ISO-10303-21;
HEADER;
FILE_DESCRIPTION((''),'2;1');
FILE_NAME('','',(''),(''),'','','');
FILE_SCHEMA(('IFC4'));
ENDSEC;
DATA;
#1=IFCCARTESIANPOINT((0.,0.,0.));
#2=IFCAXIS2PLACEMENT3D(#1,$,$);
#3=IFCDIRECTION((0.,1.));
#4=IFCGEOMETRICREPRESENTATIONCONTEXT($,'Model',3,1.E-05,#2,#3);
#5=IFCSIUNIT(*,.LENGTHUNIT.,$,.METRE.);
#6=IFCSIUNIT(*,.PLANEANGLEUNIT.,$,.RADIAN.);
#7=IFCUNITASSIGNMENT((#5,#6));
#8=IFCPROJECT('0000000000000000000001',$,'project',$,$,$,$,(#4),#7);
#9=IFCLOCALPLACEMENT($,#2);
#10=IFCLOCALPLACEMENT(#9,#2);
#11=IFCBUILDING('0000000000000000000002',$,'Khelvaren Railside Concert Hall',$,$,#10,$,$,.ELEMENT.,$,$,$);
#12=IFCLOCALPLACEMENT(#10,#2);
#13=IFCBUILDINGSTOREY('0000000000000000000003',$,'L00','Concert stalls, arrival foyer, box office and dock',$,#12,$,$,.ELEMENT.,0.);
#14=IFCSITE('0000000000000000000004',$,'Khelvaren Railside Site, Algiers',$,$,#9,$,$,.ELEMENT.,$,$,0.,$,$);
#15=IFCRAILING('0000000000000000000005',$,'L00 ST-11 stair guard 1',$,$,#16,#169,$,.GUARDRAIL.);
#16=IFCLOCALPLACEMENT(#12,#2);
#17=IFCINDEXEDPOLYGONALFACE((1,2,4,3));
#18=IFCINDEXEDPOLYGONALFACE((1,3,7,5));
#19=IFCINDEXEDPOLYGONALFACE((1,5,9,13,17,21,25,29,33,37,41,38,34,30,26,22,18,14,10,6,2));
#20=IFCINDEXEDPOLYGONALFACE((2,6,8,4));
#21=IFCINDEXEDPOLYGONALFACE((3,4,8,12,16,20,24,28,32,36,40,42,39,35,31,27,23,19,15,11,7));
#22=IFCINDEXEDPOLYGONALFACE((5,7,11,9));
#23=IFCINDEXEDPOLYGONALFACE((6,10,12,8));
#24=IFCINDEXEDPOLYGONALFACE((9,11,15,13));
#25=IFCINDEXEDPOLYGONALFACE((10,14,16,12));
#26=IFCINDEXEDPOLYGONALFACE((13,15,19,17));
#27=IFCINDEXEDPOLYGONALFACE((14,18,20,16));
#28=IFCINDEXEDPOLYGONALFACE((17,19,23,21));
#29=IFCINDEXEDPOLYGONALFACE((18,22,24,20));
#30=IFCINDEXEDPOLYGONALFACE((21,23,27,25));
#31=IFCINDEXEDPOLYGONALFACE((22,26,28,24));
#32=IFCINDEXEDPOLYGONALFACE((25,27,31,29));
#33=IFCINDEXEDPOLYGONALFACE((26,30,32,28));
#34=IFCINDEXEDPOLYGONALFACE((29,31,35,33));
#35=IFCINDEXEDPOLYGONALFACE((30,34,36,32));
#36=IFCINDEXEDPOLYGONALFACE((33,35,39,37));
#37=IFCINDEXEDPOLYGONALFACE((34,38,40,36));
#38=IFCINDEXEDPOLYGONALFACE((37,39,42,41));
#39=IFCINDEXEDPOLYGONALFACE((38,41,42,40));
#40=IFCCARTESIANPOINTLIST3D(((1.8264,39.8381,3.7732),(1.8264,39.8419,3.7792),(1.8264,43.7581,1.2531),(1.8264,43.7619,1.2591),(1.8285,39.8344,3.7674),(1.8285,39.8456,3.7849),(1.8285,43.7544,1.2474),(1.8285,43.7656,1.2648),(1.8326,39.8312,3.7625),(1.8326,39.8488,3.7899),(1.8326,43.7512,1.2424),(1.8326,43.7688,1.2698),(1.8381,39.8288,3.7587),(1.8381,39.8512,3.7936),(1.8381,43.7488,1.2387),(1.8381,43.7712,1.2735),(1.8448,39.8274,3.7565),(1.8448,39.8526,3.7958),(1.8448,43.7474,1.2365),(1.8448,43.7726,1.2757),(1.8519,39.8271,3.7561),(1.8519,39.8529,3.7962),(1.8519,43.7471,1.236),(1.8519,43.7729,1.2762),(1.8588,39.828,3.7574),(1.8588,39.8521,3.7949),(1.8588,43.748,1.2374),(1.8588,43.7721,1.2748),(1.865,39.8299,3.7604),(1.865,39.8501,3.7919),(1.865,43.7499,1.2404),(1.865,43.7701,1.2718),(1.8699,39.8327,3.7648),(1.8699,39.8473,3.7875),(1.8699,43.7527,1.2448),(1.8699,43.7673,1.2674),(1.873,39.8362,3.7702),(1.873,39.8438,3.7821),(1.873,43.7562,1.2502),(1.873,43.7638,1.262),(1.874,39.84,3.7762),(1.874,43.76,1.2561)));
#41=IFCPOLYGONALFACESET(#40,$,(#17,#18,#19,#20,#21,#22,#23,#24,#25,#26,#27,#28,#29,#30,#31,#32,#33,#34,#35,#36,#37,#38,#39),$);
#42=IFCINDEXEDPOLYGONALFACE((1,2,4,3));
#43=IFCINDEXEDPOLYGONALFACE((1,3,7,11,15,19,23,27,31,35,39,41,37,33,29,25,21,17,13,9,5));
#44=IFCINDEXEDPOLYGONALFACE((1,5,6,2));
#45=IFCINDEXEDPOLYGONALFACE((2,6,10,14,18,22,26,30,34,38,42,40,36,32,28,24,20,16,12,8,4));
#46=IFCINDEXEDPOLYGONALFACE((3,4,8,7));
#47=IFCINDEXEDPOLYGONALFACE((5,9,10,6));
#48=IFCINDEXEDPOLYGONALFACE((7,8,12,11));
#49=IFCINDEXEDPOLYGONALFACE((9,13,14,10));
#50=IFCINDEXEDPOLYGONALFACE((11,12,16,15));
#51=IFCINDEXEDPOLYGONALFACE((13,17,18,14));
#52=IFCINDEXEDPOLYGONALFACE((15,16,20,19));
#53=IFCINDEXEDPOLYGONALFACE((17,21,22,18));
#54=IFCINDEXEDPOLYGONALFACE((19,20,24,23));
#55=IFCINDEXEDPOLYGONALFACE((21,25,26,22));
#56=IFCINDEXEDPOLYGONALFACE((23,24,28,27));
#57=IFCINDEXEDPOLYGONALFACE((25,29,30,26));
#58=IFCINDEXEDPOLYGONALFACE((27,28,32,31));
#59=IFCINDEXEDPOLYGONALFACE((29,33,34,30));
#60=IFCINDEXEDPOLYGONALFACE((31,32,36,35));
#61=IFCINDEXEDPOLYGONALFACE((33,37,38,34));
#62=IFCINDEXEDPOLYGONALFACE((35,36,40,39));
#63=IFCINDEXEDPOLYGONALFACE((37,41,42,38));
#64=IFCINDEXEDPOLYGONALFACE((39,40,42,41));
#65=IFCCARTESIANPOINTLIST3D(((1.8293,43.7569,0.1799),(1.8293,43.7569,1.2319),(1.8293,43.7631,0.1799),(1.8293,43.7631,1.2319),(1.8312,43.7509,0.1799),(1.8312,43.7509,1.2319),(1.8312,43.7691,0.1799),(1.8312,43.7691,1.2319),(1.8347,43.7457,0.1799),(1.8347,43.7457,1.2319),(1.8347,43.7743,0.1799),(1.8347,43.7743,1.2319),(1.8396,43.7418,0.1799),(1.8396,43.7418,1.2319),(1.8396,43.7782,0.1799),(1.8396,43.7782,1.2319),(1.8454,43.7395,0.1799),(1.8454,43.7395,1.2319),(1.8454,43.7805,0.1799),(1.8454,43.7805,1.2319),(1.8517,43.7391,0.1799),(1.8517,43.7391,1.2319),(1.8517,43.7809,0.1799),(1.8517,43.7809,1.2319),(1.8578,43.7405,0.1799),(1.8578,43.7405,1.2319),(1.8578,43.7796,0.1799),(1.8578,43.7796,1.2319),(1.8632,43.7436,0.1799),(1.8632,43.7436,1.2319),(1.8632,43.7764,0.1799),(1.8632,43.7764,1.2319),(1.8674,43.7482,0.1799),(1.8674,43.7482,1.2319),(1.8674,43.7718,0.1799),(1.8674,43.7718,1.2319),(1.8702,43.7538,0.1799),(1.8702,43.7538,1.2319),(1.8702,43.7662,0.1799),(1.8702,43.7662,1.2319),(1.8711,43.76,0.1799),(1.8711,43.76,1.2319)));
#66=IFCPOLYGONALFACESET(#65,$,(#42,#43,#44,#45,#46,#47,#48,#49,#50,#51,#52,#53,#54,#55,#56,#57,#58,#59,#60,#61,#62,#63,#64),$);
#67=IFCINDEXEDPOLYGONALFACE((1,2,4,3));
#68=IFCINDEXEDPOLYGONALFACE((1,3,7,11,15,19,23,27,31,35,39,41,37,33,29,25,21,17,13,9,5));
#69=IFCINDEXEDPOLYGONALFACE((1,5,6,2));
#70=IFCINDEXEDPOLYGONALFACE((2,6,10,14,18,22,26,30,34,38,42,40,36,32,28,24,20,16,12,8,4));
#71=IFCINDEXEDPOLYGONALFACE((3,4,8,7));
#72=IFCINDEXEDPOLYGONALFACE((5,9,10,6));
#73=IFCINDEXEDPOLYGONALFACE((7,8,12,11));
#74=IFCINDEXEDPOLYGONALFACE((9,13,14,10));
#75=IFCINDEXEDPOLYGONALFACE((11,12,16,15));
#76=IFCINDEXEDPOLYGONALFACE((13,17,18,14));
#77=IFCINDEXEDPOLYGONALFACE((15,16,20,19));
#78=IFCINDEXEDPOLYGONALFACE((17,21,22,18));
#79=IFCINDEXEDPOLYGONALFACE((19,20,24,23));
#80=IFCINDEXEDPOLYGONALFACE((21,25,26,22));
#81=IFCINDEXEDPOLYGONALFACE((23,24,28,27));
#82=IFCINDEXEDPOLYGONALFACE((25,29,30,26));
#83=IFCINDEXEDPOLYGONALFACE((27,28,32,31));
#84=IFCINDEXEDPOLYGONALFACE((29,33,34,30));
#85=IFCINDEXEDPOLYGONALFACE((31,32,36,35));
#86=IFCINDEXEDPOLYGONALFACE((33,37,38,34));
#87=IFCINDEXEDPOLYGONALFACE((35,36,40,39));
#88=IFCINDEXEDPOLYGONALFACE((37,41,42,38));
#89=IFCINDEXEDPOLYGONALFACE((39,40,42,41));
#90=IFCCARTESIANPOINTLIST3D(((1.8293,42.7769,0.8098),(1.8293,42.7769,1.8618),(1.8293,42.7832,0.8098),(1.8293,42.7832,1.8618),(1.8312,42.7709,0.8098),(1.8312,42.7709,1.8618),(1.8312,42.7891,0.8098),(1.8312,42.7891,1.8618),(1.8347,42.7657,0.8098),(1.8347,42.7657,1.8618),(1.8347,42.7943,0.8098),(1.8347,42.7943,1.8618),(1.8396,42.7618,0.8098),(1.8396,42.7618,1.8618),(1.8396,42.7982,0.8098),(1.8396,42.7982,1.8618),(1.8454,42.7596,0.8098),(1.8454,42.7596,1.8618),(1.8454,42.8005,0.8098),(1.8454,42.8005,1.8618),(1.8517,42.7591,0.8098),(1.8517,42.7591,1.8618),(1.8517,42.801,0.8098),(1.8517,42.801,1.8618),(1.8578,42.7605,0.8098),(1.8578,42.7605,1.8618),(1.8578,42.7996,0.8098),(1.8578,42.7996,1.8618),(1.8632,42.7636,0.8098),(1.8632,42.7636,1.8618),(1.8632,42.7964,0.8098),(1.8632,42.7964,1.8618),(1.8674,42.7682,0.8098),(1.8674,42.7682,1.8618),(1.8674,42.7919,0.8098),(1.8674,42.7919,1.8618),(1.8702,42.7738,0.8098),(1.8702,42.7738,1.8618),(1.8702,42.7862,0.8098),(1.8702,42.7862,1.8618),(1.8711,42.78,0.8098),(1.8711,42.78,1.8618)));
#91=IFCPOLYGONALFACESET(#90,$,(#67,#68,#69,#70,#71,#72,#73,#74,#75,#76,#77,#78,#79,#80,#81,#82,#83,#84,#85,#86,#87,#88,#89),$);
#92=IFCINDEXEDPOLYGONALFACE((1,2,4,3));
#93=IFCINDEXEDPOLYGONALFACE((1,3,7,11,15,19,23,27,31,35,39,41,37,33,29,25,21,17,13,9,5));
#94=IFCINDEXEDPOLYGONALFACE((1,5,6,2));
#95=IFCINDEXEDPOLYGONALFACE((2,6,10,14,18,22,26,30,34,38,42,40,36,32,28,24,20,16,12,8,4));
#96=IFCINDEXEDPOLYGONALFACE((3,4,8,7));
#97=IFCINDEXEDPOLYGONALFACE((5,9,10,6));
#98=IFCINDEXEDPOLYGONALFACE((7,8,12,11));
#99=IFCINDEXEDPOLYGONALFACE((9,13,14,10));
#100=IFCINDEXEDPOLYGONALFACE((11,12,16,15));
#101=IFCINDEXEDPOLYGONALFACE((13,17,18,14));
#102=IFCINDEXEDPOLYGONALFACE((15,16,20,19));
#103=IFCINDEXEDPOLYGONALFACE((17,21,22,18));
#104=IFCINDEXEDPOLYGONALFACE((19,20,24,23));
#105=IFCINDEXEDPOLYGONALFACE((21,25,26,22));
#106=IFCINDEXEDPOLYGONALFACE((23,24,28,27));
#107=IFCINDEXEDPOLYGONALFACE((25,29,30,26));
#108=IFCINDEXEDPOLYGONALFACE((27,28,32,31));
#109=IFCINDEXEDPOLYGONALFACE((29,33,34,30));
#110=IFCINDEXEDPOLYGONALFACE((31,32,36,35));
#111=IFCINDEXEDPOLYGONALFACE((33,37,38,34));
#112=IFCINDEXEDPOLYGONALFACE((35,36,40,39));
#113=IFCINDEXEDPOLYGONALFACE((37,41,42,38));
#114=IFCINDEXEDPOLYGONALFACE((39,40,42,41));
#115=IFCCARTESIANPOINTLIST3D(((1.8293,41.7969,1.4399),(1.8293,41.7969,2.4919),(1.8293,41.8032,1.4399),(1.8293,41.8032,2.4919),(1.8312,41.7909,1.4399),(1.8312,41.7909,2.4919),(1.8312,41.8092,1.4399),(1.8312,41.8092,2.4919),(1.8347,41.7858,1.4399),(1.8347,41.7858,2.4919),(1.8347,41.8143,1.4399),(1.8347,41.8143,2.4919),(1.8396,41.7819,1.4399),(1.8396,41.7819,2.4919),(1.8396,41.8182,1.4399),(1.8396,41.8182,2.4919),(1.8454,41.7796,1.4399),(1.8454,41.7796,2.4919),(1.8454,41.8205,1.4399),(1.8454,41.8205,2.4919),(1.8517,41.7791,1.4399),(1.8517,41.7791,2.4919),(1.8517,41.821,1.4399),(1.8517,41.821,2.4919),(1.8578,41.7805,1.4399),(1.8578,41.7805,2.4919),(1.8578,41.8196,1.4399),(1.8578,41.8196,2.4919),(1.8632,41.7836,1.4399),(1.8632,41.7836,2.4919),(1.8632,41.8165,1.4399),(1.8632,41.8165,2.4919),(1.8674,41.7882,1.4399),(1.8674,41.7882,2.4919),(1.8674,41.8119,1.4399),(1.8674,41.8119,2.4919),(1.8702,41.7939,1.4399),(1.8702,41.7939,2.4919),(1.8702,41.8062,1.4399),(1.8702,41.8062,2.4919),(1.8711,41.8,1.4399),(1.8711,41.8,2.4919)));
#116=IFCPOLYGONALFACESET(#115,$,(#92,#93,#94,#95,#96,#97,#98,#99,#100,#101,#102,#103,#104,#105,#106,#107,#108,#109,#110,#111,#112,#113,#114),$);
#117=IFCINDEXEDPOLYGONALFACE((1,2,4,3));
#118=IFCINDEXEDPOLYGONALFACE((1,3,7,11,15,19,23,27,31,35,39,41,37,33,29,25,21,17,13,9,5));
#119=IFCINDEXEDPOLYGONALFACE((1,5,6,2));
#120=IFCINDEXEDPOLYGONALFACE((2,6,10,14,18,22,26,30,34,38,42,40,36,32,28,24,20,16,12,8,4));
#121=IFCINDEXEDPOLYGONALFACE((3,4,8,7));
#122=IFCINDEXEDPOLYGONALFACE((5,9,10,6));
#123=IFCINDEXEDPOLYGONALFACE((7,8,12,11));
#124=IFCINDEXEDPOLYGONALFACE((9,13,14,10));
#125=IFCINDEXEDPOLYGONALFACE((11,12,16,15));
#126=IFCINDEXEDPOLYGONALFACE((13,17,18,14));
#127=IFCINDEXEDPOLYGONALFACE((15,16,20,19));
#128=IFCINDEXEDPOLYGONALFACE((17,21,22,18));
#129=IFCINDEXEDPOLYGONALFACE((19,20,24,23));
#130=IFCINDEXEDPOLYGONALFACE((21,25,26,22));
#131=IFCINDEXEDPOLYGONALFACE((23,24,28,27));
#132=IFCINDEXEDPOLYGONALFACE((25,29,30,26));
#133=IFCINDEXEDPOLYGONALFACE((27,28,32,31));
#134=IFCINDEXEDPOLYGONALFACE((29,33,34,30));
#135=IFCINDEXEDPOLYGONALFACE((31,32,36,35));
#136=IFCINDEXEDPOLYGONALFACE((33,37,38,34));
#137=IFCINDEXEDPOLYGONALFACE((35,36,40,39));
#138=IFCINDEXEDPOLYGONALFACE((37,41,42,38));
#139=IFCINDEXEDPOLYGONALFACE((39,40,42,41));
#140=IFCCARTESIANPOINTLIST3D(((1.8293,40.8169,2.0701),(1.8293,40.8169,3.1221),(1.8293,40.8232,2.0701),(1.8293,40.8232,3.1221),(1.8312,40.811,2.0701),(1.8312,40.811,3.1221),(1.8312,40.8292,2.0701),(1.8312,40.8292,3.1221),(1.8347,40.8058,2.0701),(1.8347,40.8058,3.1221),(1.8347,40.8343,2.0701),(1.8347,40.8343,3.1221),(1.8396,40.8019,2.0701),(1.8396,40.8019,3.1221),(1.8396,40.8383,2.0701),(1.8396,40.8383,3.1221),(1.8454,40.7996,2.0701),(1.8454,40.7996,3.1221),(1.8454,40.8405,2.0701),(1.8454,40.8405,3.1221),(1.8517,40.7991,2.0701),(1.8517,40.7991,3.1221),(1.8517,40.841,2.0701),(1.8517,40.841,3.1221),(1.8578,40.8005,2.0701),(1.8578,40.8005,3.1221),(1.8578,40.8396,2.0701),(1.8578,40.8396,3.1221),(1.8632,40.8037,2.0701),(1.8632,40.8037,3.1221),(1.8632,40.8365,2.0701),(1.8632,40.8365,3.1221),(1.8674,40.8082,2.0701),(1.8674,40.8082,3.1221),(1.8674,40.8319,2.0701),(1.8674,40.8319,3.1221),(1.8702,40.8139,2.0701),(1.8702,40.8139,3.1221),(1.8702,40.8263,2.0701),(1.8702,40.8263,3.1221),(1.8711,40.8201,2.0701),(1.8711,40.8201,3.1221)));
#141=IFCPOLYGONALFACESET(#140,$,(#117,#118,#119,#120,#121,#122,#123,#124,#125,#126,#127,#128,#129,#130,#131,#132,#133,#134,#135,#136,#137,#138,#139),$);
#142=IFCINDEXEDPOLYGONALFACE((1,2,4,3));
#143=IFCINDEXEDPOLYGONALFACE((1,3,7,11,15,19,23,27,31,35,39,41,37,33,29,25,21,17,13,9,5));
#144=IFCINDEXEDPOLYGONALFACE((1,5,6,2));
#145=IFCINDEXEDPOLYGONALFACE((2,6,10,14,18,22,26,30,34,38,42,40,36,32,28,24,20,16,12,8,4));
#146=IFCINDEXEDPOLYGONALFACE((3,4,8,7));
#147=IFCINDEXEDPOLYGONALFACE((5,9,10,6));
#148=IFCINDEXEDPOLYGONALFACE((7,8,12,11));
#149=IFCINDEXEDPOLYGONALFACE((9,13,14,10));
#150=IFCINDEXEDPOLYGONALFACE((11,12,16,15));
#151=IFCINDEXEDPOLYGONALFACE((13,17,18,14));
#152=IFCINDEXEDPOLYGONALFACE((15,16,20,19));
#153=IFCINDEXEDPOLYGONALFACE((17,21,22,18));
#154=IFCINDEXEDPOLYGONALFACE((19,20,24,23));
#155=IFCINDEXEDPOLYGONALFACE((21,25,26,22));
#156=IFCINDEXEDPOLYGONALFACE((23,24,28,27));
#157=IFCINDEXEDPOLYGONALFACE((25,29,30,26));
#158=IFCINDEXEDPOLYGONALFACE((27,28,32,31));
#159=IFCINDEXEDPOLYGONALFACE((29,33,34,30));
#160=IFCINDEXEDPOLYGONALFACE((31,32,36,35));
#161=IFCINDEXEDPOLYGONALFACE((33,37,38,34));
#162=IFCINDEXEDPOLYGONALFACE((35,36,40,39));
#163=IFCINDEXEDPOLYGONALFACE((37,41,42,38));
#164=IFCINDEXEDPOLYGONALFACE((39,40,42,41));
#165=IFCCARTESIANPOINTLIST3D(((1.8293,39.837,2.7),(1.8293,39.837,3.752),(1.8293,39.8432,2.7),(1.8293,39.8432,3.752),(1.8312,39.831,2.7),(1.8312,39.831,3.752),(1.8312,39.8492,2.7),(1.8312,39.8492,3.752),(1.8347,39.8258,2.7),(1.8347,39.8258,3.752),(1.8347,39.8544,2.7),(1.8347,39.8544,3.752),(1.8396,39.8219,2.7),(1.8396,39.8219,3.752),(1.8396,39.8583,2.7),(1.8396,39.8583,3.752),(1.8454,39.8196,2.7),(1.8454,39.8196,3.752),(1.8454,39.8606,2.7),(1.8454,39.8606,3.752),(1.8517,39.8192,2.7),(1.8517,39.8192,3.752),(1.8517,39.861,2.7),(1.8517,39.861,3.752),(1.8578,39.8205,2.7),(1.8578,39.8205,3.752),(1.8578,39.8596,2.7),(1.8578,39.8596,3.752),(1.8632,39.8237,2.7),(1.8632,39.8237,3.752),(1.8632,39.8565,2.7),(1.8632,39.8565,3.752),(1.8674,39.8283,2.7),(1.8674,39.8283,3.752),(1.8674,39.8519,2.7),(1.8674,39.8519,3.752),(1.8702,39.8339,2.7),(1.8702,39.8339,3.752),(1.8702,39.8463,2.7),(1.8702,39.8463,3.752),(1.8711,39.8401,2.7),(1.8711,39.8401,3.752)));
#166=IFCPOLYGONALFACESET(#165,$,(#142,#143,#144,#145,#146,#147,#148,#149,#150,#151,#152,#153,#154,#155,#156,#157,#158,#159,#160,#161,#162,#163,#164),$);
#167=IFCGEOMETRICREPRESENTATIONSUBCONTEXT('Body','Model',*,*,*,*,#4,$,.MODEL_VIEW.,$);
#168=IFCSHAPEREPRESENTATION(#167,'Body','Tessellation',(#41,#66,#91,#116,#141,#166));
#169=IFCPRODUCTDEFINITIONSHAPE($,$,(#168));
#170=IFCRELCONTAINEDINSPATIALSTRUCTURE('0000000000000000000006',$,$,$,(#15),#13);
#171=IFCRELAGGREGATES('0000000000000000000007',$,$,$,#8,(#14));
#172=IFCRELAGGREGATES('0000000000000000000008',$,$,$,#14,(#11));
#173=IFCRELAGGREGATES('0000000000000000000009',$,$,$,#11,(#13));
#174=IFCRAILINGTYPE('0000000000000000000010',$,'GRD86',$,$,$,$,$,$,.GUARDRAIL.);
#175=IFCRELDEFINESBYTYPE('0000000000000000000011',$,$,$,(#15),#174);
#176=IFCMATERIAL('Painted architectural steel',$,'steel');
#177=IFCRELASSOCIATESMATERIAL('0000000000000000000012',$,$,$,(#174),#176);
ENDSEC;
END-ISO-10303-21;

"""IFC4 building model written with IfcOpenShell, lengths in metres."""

from ifc_helpers import new_model, si_unit, direction, frame, origin, origin_2d, place, context, subcontext, project, spatial, circle, extrude, material, type_object, element, save


model = new_model("IFC4")

# Units and contexts
model_context = context("Model", 3, precision=1e-05, world=origin(), true_north=direction((0.0, 1.0)))
body_context = subcontext(model_context, "Body", "Model", "MODEL_VIEW")
ifc_project = project(units=[si_unit("LENGTHUNIT", "METRE"), si_unit("PLANEANGLEUNIT", "RADIAN")], contexts=[model_context])

# Site, building, storey
site_placement = place(None, origin())
site = spatial("IfcSite", under=ifc_project, at=site_placement, Name="Khelvaren Railside Site, Algiers", CompositionType="ELEMENT", RefElevation=0.0)
building_placement = place(site_placement, origin())
building = spatial("IfcBuilding", under=site, at=building_placement, Name="Khelvaren Railside Concert Hall", CompositionType="ELEMENT")
storey_placement = place(building_placement, origin())
storey = spatial("IfcBuildingStorey", under=building, at=storey_placement, Name="L00", Description="Concert stalls, arrival foyer, box office and dock", CompositionType="ELEMENT", Elevation=0.0)

# Railing
ifc_material_1 = material(Name="Painted architectural steel", Category="steel")
railing_type_1 = type_object("IfcRailingType", Name="GRD86", PredefinedType="GUARDRAIL", material=ifc_material_1)
railing_1_placement = place(storey_placement, frame((1.8501, 43.76, 0.1799)))
element("IfcRailing", 1, at=railing_1_placement, inside=storey, type_object=railing_type_1, Name="L00 ST-11 stair guard 1", PredefinedType="GUARDRAIL", context=body_context, shape_type="SweptSolid", body=[
    extrude(circle(Radius=0.0239, at=origin_2d()), frame((0.0, 0.0, 1.0762), z_axis=(0.0, -0.841172, 0.540768), x_axis=(1.0, 0.0, 0.0)), (0.0, 0.0, 1.0), 4.6602),
    extrude(circle(Radius=0.021, at=origin_2d()), origin(), (0.0, 0.0, 1.0), 1.052),
    extrude(circle(Radius=0.021, at=origin_2d()), frame((0.0, -0.98, 0.6299)), (0.0, 0.0, 1.0), 1.052),
    extrude(circle(Radius=0.021, at=origin_2d()), frame((0.0, -1.96, 1.26)), (0.0, 0.0, 1.0), 1.052),
    extrude(circle(Radius=0.021, at=origin_2d()), frame((0.0, -2.9399, 1.8901)), (0.0, 0.0, 1.0), 1.052),
    extrude(circle(Radius=0.021, at=origin_2d()), frame((0.0, -3.9199, 2.52)), (0.0, 0.0, 1.0), 1.052),
])

save(model, "model.ifc")
